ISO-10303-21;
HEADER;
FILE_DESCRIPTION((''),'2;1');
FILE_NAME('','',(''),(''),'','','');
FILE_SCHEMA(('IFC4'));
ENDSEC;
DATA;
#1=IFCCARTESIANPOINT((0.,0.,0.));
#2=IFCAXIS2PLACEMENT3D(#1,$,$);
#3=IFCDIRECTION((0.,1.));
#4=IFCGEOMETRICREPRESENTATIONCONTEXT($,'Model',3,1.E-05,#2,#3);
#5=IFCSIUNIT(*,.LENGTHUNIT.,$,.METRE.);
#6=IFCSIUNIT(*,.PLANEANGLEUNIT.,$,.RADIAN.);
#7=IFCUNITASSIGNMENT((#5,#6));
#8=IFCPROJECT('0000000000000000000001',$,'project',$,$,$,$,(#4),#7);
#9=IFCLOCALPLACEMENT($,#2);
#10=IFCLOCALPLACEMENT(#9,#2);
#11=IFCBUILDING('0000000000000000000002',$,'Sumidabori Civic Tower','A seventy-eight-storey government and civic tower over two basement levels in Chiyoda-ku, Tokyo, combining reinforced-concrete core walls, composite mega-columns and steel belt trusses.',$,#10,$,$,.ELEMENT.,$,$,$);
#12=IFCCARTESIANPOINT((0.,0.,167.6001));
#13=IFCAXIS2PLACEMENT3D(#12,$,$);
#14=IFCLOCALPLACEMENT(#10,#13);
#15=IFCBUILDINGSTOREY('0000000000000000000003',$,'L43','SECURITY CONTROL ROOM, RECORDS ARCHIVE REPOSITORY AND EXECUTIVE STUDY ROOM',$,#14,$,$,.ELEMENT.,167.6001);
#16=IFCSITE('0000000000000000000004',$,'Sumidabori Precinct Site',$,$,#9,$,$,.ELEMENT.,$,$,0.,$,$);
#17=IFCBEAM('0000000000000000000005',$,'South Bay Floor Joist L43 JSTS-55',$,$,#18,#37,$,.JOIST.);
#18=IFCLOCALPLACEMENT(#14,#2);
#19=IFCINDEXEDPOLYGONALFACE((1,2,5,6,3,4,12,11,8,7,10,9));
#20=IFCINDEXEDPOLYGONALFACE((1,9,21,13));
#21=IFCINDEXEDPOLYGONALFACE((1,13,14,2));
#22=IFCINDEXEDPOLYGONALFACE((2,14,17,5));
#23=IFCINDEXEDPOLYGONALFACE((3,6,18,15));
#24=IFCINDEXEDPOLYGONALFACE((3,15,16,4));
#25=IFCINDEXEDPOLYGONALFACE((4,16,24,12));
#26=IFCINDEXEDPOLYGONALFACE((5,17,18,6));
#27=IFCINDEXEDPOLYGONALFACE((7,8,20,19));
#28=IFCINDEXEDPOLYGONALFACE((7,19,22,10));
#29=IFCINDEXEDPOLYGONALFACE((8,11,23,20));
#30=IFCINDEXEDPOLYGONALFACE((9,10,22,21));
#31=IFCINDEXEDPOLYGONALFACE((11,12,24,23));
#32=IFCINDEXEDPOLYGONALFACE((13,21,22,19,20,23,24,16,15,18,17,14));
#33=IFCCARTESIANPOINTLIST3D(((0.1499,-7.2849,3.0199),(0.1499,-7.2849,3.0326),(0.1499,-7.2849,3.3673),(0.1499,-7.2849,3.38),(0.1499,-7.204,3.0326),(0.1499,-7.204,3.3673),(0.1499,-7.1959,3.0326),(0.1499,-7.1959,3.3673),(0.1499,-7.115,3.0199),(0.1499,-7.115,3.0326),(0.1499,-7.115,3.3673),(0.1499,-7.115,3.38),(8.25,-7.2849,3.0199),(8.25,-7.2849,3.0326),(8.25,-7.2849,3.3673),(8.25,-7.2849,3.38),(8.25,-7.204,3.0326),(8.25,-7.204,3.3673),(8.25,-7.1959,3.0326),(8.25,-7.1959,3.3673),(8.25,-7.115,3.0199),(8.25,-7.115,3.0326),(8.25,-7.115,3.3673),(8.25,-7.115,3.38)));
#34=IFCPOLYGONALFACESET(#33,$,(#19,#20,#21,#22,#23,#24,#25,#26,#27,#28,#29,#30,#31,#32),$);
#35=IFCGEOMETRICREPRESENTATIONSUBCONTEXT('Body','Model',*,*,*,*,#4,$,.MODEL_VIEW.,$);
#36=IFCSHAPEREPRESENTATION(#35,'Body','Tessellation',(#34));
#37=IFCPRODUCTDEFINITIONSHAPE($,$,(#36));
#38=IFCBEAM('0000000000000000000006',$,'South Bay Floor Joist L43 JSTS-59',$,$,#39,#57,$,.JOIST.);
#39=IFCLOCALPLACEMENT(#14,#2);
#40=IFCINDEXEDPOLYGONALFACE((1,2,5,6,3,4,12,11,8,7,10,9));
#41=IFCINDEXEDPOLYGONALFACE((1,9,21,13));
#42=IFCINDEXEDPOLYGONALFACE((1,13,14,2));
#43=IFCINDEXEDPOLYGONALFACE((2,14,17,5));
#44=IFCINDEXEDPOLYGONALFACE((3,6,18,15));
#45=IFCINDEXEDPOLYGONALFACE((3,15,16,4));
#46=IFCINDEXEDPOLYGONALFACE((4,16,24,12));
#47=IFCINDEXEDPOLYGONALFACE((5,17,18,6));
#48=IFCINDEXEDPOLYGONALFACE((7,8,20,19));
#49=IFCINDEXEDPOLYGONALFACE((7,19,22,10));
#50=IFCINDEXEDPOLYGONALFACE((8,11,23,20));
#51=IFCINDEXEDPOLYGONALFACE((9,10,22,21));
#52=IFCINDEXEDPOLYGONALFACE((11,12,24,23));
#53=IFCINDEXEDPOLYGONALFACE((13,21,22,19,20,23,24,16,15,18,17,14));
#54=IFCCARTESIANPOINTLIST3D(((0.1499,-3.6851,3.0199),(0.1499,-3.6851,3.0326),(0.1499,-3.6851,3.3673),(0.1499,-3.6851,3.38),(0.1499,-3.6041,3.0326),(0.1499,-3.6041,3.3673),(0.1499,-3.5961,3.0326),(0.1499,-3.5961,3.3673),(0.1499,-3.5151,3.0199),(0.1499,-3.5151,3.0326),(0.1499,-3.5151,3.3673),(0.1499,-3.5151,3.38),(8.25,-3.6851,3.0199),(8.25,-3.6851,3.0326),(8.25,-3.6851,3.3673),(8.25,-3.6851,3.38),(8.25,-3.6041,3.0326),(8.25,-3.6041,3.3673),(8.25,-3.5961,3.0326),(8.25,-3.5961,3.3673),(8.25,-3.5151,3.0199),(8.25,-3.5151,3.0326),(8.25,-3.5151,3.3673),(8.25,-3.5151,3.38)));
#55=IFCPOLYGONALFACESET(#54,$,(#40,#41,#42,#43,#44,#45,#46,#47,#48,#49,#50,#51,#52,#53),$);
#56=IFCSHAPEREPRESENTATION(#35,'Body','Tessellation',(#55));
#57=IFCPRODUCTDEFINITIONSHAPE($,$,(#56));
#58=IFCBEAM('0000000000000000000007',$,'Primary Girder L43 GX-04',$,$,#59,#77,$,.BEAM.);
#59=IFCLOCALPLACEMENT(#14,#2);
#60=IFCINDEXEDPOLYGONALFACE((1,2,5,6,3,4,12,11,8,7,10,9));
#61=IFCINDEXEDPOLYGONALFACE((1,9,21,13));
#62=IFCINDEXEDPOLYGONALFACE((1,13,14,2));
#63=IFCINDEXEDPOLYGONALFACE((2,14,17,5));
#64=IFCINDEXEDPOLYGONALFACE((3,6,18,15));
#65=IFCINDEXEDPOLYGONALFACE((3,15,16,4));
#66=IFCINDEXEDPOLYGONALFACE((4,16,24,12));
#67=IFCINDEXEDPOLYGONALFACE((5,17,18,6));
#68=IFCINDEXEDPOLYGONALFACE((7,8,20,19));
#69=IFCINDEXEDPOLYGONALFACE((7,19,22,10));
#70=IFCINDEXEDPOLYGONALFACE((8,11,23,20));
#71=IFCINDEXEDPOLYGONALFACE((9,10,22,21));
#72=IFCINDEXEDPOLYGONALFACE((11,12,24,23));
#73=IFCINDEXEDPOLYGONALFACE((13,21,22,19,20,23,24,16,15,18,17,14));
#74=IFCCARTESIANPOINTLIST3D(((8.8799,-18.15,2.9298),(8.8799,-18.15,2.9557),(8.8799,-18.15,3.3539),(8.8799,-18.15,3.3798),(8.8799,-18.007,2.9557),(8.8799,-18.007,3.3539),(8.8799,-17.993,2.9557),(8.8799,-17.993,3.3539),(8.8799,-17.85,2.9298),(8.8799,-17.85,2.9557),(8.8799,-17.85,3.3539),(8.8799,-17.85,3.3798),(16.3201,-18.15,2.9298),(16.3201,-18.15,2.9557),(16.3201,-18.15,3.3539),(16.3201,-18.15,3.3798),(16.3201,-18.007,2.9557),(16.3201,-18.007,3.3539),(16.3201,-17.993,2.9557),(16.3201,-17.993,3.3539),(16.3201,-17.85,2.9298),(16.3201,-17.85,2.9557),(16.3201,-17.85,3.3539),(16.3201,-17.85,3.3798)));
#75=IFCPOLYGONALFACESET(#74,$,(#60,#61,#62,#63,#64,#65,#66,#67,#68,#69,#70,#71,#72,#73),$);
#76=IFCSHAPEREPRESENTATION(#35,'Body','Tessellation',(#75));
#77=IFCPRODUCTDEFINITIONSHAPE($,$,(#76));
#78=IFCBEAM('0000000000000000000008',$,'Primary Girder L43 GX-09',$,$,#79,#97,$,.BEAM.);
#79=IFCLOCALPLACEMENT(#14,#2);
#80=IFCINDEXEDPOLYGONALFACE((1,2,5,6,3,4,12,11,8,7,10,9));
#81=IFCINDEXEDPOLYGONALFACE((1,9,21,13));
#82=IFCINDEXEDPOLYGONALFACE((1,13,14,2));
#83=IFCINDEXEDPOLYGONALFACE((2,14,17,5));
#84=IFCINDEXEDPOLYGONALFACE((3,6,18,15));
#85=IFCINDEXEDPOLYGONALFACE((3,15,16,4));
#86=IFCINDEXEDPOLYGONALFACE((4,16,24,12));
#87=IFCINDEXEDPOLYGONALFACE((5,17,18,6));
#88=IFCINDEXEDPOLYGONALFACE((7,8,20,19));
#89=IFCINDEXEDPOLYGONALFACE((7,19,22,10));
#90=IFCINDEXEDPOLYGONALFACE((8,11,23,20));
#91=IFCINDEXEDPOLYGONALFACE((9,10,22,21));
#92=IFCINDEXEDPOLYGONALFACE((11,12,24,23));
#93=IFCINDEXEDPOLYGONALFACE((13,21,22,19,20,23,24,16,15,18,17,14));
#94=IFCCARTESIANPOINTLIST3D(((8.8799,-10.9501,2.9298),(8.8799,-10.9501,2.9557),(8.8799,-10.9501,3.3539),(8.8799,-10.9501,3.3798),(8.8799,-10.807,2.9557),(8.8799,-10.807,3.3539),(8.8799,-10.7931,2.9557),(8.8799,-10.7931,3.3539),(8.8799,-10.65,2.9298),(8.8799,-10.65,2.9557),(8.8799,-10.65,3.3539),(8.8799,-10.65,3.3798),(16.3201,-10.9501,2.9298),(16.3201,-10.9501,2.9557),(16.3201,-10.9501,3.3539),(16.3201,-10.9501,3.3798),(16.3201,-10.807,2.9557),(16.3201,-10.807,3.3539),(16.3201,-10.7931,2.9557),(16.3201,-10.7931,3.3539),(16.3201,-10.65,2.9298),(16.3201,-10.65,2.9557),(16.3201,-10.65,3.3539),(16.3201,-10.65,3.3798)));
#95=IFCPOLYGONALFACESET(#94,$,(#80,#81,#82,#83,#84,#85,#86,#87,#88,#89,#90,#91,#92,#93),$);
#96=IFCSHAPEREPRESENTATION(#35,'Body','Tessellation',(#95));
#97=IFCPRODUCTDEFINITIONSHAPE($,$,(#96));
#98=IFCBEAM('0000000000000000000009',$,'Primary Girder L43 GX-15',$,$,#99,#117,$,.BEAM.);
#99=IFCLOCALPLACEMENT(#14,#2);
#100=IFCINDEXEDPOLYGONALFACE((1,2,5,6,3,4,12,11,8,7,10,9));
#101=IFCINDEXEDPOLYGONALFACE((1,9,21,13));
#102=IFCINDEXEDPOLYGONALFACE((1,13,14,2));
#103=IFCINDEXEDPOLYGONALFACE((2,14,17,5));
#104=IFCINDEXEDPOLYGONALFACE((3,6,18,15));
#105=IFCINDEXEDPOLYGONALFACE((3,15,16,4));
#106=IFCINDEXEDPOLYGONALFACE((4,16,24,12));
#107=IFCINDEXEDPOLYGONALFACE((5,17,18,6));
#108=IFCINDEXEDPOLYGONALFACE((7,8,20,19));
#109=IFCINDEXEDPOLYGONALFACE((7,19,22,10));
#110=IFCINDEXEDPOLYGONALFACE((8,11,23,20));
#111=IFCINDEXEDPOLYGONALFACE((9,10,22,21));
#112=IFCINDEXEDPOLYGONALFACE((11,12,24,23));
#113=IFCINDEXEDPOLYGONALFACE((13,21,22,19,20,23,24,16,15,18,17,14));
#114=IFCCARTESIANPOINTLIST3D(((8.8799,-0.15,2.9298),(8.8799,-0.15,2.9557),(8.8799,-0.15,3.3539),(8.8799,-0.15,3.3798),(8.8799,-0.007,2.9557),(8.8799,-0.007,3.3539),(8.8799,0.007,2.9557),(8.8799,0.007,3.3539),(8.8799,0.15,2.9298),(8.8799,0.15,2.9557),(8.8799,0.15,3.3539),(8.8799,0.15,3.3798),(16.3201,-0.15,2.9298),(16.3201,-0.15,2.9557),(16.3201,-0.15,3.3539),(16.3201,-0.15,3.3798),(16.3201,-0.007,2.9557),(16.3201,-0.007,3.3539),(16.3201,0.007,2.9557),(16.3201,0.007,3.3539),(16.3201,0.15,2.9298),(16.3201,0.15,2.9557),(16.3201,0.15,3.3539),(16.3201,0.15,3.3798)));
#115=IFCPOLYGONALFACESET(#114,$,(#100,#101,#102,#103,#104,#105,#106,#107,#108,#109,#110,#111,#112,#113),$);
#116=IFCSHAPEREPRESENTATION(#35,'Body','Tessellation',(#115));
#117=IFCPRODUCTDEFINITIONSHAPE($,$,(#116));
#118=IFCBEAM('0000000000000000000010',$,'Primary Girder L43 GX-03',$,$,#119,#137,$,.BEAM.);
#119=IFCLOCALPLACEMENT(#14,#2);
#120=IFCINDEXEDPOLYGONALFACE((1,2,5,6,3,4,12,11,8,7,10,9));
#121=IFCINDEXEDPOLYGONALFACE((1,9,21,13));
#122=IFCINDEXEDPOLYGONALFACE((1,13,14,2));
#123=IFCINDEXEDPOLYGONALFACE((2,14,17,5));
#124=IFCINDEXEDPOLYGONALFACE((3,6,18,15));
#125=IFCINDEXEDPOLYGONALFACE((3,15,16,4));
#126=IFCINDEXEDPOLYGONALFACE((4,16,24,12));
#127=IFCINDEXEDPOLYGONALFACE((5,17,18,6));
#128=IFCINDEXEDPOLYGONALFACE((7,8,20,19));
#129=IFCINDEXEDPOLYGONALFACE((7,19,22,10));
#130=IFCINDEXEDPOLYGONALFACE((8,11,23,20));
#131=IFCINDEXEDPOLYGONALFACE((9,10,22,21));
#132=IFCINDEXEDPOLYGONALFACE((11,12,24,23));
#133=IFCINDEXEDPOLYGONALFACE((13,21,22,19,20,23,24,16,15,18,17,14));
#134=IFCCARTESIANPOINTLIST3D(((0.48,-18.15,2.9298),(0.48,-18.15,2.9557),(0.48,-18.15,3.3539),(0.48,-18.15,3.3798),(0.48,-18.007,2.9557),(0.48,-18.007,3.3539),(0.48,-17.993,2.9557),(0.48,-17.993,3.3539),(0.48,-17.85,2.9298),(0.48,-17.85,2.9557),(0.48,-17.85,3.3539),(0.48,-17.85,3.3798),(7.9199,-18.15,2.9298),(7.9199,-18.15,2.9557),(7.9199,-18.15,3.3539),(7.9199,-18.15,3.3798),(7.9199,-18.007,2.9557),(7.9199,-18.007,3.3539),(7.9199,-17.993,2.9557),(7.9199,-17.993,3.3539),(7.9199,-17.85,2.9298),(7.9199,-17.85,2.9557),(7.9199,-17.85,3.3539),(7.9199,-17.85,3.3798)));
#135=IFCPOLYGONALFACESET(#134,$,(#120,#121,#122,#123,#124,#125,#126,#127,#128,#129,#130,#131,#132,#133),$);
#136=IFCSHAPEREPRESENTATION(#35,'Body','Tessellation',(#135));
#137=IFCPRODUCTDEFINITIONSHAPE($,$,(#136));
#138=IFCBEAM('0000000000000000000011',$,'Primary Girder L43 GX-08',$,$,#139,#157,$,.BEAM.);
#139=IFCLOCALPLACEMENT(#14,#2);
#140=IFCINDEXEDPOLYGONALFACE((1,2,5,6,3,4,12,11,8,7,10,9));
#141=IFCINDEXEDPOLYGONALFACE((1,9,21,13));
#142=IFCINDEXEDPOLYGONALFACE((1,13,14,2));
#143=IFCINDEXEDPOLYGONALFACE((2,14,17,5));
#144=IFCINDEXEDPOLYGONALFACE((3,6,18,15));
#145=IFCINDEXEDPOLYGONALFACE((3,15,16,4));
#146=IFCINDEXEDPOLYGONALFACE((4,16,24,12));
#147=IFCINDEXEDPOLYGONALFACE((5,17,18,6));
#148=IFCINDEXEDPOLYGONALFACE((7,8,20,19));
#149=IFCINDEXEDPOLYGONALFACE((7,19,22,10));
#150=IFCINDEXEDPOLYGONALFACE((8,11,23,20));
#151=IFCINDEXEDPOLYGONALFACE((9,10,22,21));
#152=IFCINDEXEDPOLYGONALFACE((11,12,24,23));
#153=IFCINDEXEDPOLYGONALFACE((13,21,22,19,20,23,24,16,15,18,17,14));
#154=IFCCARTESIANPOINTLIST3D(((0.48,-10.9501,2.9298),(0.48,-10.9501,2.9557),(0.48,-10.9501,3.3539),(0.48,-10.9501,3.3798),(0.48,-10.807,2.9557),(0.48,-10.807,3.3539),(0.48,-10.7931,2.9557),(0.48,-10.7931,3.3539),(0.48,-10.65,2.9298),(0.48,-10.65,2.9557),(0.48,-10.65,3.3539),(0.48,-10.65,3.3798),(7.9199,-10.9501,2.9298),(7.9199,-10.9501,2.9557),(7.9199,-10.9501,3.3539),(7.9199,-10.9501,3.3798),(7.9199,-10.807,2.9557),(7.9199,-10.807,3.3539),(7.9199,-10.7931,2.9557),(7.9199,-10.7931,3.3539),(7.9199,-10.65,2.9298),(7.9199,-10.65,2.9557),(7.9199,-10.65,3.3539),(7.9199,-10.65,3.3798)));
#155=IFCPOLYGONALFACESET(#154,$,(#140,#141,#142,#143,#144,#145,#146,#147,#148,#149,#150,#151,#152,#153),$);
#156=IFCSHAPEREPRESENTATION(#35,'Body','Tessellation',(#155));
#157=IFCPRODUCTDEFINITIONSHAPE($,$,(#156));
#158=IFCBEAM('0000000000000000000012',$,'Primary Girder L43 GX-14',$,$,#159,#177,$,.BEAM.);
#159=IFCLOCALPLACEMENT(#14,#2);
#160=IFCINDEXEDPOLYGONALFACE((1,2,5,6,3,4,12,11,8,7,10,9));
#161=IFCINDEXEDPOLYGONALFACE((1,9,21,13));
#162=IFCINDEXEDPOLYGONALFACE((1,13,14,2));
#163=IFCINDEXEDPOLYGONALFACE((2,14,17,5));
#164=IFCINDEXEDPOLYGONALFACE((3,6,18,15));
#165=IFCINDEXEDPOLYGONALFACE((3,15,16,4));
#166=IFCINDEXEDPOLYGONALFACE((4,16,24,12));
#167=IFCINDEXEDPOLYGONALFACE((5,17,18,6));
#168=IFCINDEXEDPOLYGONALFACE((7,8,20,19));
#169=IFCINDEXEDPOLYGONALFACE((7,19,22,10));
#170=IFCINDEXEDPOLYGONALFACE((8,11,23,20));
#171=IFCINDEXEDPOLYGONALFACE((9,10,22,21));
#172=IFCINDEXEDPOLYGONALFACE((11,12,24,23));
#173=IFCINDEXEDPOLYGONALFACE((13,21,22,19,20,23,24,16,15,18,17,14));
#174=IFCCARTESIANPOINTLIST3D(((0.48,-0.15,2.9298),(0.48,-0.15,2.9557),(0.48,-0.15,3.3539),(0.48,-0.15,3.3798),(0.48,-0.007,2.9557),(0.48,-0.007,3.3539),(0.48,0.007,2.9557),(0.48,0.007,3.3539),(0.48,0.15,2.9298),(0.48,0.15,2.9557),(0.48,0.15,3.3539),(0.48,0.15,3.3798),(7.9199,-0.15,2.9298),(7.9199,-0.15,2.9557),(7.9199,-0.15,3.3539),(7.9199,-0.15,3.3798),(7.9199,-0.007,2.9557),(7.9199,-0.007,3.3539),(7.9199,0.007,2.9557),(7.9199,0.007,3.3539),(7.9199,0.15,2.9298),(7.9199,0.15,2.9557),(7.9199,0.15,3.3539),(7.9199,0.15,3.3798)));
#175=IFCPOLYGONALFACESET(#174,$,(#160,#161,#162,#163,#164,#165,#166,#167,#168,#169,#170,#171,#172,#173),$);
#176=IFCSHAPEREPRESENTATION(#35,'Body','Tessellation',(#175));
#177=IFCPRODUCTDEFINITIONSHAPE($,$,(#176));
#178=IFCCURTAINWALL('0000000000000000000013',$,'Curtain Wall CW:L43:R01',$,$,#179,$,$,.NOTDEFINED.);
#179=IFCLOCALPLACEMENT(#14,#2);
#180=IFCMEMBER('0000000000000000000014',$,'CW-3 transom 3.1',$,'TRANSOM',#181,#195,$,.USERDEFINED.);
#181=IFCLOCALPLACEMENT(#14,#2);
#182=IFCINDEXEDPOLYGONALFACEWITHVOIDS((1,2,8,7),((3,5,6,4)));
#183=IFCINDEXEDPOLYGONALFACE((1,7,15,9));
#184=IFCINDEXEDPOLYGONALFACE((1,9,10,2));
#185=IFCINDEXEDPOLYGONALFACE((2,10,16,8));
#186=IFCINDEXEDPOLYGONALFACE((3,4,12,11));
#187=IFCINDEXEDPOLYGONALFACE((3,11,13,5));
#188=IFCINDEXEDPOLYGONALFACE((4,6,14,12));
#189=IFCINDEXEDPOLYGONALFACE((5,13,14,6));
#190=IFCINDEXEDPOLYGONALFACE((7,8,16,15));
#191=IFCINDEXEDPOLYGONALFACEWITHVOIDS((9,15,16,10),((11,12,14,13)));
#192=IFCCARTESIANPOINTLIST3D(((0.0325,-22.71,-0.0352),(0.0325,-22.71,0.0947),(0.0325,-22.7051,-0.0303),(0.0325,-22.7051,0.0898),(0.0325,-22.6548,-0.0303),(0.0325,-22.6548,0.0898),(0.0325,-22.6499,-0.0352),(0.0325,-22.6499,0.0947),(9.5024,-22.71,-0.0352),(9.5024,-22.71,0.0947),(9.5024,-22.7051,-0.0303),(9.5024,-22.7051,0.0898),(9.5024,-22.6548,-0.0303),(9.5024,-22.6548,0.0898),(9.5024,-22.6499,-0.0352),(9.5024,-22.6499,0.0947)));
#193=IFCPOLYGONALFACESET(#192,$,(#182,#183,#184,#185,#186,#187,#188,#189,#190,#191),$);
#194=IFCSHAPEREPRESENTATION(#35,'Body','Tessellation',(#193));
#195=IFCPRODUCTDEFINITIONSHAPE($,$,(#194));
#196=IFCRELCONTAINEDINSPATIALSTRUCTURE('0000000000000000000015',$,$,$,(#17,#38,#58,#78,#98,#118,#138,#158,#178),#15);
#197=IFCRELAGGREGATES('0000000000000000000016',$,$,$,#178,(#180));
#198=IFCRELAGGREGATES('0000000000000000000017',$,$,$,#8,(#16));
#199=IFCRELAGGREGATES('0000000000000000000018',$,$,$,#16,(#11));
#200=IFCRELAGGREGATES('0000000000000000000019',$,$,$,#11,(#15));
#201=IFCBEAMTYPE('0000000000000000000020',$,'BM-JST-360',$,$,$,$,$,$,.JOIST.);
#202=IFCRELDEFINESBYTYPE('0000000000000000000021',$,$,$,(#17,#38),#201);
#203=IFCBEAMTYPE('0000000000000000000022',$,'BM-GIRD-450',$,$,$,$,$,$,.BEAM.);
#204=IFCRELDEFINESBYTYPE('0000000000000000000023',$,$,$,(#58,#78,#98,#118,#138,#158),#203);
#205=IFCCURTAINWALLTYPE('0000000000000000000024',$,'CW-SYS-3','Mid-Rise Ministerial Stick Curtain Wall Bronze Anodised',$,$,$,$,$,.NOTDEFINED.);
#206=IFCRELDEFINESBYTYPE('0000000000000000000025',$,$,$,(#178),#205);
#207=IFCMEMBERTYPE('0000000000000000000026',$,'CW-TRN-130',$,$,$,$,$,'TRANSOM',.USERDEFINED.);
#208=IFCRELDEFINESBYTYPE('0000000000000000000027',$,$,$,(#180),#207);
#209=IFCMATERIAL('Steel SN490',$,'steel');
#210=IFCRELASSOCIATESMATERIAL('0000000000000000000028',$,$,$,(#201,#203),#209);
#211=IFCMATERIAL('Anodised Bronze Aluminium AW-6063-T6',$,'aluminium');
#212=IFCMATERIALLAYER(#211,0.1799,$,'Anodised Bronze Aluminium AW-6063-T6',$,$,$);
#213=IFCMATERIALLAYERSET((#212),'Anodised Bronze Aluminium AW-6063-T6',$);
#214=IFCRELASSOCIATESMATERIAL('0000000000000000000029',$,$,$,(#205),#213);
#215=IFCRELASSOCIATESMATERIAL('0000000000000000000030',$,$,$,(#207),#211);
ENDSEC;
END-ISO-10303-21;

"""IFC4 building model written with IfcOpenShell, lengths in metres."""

from ifc_helpers import new_model, si_unit, direction, frame, origin, origin_2d, place, context, subcontext, project, spatial, hollow_rectangle, i_section, extrude, source, transform, mapped, material, layer, layer_set, material_profile, profile_set, type_object, element, aggregate, save


model = new_model("IFC4")

# Units and contexts
model_context = context("Model", 3, precision=1e-05, world=origin(), true_north=direction((0.0, 1.0)))
body_context = subcontext(model_context, "Body", "Model", "MODEL_VIEW")
ifc_project = project(units=[si_unit("LENGTHUNIT", "METRE"), si_unit("PLANEANGLEUNIT", "RADIAN")], contexts=[model_context])

# Site, building, storey
site_placement = place(None, origin())
site = spatial("IfcSite", under=ifc_project, at=site_placement, Name="Sumidabori Precinct Site", CompositionType="ELEMENT", RefElevation=0.0)
building_placement = place(site_placement, origin())
building = spatial("IfcBuilding", under=site, at=building_placement, Name="Sumidabori Civic Tower", Description="A seventy-eight-storey government and civic tower over two basement levels in Chiyoda-ku, Tokyo, combining reinforced-concrete core walls, composite mega-columns and steel belt trusses.", CompositionType="ELEMENT")
storey_placement = place(building_placement, frame((0.0, 0.0, 167.6001)))
storey = spatial("IfcBuildingStorey", under=building, at=storey_placement, Name="L43", Description="SECURITY CONTROL ROOM, RECORDS ARCHIVE REPOSITORY AND EXECUTIVE STUDY ROOM", CompositionType="ELEMENT", Elevation=167.6001)

# Beams
ifc_material_1 = material(Name="Steel SN490", Category="steel")
ifc_material_profile_1 = material_profile(ifc_material_1, i_section(OverallWidth=0.1699, OverallDepth=0.3601, WebThickness=0.0081, FlangeThickness=0.0127, at=origin_2d()), Name="IPE 360")
ifc_profile_set_1 = profile_set([ifc_material_profile_1], Name="Steel SN490")
beam_type_1 = type_object("IfcBeamType", Name="BM-JST-360", PredefinedType="JOIST", material=ifc_profile_set_1)
shared_shape_1 = source(origin(), body_context, "Body", "SweptSolid", [
    extrude(i_section(OverallWidth=0.1699, OverallDepth=0.3601, WebThickness=0.0081, FlangeThickness=0.0127, at=origin_2d()), origin(), (0.0, 0.0, 1.0), 8.1001),
])
for number, where, z_axis, x_axis, name in (
    (1, (0.1499, -7.2, 3.2), (1.0, 0.0, 0.0), (0.0, 1.0, 0.0), "South Bay Floor Joist L43 JSTS-55"),
    (2, (0.1499, -3.6001, 3.2), (1.0, 0.0, 0.0), (0.0, 1.0, 0.0), "South Bay Floor Joist L43 JSTS-59"),
):
    element("IfcBeam", number, at=place(storey_placement, frame(where, z_axis=z_axis, x_axis=x_axis)), inside=storey, type_object=beam_type_1, Name=name, PredefinedType="JOIST", context=body_context, shape_type="MappedRepresentation", body=[
        mapped(shared_shape_1, transform((0.0, 0.0, 0.0), x_axis=(1.0, 0.0, 0.0), y_axis=(0.0, 1.0, 0.0), z_axis=(0.0, 0.0, 1.0), scale=1.0)),
    ])
ifc_material_profile_2 = material_profile(ifc_material_1, i_section(OverallWidth=0.3, OverallDepth=0.45, WebThickness=0.0139, FlangeThickness=0.0259, at=origin_2d()), Name="HE 450 B")
ifc_profile_set_2 = profile_set([ifc_material_profile_2], Name="Steel SN490")
beam_type_2 = type_object("IfcBeamType", Name="BM-GIRD-450", PredefinedType="BEAM", material=ifc_profile_set_2)
shared_shape_2 = source(origin(), body_context, "Body", "SweptSolid", [
    extrude(i_section(OverallWidth=0.3, OverallDepth=0.45, WebThickness=0.0139, FlangeThickness=0.0259, at=origin_2d()), origin(), (0.0, 0.0, 1.0), 7.4402),
])
for number, where, z_axis, x_axis, name in (
    (3, (8.8799, -18.0, 3.1548), (1.0, 0.0, 0.0), (0.0, 1.0, 0.0), "Primary Girder L43 GX-04"),
    (4, (8.8799, -10.8, 3.1548), (1.0, 0.0, 0.0), (0.0, 1.0, 0.0), "Primary Girder L43 GX-09"),
    (5, (8.8799, 0.0, 3.1548), (1.0, 0.0, 0.0), (0.0, 1.0, 0.0), "Primary Girder L43 GX-15"),
):
    element("IfcBeam", number, at=place(storey_placement, frame(where, z_axis=z_axis, x_axis=x_axis)), inside=storey, type_object=beam_type_2, Name=name, PredefinedType="BEAM", context=body_context, shape_type="MappedRepresentation", body=[
        mapped(shared_shape_2, transform((0.0, 0.0, 0.0), x_axis=(1.0, 0.0, 0.0), y_axis=(0.0, 1.0, 0.0), z_axis=(0.0, 0.0, 1.0), scale=1.0)),
    ])
shared_shape_3 = source(origin(), body_context, "Body", "SweptSolid", [
    extrude(i_section(OverallWidth=0.3, OverallDepth=0.45, WebThickness=0.0139, FlangeThickness=0.0259, at=origin_2d()), origin(), (0.0, 0.0, 1.0), 7.4399),
])
for number, where, z_axis, x_axis, name in (
    (6, (0.48, -18.0, 3.1548), (1.0, 0.0, 0.0), (0.0, 1.0, 0.0), "Primary Girder L43 GX-03"),
    (7, (0.48, -10.8, 3.1548), (1.0, 0.0, 0.0), (0.0, 1.0, 0.0), "Primary Girder L43 GX-08"),
    (8, (0.48, 0.0, 3.1548), (1.0, 0.0, 0.0), (0.0, 1.0, 0.0), "Primary Girder L43 GX-14"),
):
    element("IfcBeam", number, at=place(storey_placement, frame(where, z_axis=z_axis, x_axis=x_axis)), inside=storey, type_object=beam_type_2, Name=name, PredefinedType="BEAM", context=body_context, shape_type="MappedRepresentation", body=[
        mapped(shared_shape_3, transform((0.0, 0.0, 0.0), x_axis=(1.0, 0.0, 0.0), y_axis=(0.0, 1.0, 0.0), z_axis=(0.0, 0.0, 1.0), scale=1.0)),
    ])

# Curtain wall, member
ifc_material_2 = material(Name="Anodised Bronze Aluminium AW-6063-T6", Category="aluminium")
ifc_layer_1 = layer(ifc_material_2, 0.1799, Name="Anodised Bronze Aluminium AW-6063-T6")
ifc_layer_set_1 = layer_set([ifc_layer_1], Name="Anodised Bronze Aluminium AW-6063-T6")
curtain_wall_type = type_object("IfcCurtainWallType", Name="CW-SYS-3", Description="Mid-Rise Ministerial Stick Curtain Wall Bronze Anodised", PredefinedType="NOTDEFINED", material=ifc_layer_set_1)
curtain_wall_placement = place(storey_placement, origin())
curtain_wall = element("IfcCurtainWall", 9, at=curtain_wall_placement, inside=storey, type_object=curtain_wall_type, Name="Curtain Wall CW:L43:R01", PredefinedType="NOTDEFINED")
ifc_material_profile_3 = material_profile(ifc_material_2, hollow_rectangle(XDim=0.0601, YDim=0.1299, WallThickness=0.0049, at=origin_2d()), Name="ALU TRANSOM 130x60")
ifc_profile_set_3 = profile_set([ifc_material_profile_3], Name="Anodised Bronze Aluminium AW-6063-T6")
member_type = type_object("IfcMemberType", Name="CW-TRN-130", ElementType="TRANSOM", PredefinedType="USERDEFINED", material=ifc_profile_set_3)
shared_shape_4 = source(origin(), body_context, "Body", "SweptSolid", [
    extrude(hollow_rectangle(XDim=0.0601, YDim=0.1299, WallThickness=0.0049, at=origin_2d()), origin(), (0.0, 0.0, 1.0), 9.47),
])
member_1_placement = place(storey_placement, frame((0.0325, -22.6799, 0.0298), z_axis=(1.0, 0.0, 0.0), x_axis=(0.0, 1.0, 0.0)))
member_1 = element("IfcMember", 10, at=member_1_placement, type_object=member_type, Name="CW-3 transom 3.1", ObjectType="TRANSOM", PredefinedType="USERDEFINED", context=body_context, shape_type="MappedRepresentation", body=[
    mapped(shared_shape_4, transform((0.0, 0.0, 0.0), x_axis=(1.0, 0.0, 0.0), y_axis=(0.0, 1.0, 0.0), z_axis=(0.0, 0.0, 1.0), scale=1.0)),
])
aggregate(curtain_wall, [member_1])

save(model, "model.ifc")
